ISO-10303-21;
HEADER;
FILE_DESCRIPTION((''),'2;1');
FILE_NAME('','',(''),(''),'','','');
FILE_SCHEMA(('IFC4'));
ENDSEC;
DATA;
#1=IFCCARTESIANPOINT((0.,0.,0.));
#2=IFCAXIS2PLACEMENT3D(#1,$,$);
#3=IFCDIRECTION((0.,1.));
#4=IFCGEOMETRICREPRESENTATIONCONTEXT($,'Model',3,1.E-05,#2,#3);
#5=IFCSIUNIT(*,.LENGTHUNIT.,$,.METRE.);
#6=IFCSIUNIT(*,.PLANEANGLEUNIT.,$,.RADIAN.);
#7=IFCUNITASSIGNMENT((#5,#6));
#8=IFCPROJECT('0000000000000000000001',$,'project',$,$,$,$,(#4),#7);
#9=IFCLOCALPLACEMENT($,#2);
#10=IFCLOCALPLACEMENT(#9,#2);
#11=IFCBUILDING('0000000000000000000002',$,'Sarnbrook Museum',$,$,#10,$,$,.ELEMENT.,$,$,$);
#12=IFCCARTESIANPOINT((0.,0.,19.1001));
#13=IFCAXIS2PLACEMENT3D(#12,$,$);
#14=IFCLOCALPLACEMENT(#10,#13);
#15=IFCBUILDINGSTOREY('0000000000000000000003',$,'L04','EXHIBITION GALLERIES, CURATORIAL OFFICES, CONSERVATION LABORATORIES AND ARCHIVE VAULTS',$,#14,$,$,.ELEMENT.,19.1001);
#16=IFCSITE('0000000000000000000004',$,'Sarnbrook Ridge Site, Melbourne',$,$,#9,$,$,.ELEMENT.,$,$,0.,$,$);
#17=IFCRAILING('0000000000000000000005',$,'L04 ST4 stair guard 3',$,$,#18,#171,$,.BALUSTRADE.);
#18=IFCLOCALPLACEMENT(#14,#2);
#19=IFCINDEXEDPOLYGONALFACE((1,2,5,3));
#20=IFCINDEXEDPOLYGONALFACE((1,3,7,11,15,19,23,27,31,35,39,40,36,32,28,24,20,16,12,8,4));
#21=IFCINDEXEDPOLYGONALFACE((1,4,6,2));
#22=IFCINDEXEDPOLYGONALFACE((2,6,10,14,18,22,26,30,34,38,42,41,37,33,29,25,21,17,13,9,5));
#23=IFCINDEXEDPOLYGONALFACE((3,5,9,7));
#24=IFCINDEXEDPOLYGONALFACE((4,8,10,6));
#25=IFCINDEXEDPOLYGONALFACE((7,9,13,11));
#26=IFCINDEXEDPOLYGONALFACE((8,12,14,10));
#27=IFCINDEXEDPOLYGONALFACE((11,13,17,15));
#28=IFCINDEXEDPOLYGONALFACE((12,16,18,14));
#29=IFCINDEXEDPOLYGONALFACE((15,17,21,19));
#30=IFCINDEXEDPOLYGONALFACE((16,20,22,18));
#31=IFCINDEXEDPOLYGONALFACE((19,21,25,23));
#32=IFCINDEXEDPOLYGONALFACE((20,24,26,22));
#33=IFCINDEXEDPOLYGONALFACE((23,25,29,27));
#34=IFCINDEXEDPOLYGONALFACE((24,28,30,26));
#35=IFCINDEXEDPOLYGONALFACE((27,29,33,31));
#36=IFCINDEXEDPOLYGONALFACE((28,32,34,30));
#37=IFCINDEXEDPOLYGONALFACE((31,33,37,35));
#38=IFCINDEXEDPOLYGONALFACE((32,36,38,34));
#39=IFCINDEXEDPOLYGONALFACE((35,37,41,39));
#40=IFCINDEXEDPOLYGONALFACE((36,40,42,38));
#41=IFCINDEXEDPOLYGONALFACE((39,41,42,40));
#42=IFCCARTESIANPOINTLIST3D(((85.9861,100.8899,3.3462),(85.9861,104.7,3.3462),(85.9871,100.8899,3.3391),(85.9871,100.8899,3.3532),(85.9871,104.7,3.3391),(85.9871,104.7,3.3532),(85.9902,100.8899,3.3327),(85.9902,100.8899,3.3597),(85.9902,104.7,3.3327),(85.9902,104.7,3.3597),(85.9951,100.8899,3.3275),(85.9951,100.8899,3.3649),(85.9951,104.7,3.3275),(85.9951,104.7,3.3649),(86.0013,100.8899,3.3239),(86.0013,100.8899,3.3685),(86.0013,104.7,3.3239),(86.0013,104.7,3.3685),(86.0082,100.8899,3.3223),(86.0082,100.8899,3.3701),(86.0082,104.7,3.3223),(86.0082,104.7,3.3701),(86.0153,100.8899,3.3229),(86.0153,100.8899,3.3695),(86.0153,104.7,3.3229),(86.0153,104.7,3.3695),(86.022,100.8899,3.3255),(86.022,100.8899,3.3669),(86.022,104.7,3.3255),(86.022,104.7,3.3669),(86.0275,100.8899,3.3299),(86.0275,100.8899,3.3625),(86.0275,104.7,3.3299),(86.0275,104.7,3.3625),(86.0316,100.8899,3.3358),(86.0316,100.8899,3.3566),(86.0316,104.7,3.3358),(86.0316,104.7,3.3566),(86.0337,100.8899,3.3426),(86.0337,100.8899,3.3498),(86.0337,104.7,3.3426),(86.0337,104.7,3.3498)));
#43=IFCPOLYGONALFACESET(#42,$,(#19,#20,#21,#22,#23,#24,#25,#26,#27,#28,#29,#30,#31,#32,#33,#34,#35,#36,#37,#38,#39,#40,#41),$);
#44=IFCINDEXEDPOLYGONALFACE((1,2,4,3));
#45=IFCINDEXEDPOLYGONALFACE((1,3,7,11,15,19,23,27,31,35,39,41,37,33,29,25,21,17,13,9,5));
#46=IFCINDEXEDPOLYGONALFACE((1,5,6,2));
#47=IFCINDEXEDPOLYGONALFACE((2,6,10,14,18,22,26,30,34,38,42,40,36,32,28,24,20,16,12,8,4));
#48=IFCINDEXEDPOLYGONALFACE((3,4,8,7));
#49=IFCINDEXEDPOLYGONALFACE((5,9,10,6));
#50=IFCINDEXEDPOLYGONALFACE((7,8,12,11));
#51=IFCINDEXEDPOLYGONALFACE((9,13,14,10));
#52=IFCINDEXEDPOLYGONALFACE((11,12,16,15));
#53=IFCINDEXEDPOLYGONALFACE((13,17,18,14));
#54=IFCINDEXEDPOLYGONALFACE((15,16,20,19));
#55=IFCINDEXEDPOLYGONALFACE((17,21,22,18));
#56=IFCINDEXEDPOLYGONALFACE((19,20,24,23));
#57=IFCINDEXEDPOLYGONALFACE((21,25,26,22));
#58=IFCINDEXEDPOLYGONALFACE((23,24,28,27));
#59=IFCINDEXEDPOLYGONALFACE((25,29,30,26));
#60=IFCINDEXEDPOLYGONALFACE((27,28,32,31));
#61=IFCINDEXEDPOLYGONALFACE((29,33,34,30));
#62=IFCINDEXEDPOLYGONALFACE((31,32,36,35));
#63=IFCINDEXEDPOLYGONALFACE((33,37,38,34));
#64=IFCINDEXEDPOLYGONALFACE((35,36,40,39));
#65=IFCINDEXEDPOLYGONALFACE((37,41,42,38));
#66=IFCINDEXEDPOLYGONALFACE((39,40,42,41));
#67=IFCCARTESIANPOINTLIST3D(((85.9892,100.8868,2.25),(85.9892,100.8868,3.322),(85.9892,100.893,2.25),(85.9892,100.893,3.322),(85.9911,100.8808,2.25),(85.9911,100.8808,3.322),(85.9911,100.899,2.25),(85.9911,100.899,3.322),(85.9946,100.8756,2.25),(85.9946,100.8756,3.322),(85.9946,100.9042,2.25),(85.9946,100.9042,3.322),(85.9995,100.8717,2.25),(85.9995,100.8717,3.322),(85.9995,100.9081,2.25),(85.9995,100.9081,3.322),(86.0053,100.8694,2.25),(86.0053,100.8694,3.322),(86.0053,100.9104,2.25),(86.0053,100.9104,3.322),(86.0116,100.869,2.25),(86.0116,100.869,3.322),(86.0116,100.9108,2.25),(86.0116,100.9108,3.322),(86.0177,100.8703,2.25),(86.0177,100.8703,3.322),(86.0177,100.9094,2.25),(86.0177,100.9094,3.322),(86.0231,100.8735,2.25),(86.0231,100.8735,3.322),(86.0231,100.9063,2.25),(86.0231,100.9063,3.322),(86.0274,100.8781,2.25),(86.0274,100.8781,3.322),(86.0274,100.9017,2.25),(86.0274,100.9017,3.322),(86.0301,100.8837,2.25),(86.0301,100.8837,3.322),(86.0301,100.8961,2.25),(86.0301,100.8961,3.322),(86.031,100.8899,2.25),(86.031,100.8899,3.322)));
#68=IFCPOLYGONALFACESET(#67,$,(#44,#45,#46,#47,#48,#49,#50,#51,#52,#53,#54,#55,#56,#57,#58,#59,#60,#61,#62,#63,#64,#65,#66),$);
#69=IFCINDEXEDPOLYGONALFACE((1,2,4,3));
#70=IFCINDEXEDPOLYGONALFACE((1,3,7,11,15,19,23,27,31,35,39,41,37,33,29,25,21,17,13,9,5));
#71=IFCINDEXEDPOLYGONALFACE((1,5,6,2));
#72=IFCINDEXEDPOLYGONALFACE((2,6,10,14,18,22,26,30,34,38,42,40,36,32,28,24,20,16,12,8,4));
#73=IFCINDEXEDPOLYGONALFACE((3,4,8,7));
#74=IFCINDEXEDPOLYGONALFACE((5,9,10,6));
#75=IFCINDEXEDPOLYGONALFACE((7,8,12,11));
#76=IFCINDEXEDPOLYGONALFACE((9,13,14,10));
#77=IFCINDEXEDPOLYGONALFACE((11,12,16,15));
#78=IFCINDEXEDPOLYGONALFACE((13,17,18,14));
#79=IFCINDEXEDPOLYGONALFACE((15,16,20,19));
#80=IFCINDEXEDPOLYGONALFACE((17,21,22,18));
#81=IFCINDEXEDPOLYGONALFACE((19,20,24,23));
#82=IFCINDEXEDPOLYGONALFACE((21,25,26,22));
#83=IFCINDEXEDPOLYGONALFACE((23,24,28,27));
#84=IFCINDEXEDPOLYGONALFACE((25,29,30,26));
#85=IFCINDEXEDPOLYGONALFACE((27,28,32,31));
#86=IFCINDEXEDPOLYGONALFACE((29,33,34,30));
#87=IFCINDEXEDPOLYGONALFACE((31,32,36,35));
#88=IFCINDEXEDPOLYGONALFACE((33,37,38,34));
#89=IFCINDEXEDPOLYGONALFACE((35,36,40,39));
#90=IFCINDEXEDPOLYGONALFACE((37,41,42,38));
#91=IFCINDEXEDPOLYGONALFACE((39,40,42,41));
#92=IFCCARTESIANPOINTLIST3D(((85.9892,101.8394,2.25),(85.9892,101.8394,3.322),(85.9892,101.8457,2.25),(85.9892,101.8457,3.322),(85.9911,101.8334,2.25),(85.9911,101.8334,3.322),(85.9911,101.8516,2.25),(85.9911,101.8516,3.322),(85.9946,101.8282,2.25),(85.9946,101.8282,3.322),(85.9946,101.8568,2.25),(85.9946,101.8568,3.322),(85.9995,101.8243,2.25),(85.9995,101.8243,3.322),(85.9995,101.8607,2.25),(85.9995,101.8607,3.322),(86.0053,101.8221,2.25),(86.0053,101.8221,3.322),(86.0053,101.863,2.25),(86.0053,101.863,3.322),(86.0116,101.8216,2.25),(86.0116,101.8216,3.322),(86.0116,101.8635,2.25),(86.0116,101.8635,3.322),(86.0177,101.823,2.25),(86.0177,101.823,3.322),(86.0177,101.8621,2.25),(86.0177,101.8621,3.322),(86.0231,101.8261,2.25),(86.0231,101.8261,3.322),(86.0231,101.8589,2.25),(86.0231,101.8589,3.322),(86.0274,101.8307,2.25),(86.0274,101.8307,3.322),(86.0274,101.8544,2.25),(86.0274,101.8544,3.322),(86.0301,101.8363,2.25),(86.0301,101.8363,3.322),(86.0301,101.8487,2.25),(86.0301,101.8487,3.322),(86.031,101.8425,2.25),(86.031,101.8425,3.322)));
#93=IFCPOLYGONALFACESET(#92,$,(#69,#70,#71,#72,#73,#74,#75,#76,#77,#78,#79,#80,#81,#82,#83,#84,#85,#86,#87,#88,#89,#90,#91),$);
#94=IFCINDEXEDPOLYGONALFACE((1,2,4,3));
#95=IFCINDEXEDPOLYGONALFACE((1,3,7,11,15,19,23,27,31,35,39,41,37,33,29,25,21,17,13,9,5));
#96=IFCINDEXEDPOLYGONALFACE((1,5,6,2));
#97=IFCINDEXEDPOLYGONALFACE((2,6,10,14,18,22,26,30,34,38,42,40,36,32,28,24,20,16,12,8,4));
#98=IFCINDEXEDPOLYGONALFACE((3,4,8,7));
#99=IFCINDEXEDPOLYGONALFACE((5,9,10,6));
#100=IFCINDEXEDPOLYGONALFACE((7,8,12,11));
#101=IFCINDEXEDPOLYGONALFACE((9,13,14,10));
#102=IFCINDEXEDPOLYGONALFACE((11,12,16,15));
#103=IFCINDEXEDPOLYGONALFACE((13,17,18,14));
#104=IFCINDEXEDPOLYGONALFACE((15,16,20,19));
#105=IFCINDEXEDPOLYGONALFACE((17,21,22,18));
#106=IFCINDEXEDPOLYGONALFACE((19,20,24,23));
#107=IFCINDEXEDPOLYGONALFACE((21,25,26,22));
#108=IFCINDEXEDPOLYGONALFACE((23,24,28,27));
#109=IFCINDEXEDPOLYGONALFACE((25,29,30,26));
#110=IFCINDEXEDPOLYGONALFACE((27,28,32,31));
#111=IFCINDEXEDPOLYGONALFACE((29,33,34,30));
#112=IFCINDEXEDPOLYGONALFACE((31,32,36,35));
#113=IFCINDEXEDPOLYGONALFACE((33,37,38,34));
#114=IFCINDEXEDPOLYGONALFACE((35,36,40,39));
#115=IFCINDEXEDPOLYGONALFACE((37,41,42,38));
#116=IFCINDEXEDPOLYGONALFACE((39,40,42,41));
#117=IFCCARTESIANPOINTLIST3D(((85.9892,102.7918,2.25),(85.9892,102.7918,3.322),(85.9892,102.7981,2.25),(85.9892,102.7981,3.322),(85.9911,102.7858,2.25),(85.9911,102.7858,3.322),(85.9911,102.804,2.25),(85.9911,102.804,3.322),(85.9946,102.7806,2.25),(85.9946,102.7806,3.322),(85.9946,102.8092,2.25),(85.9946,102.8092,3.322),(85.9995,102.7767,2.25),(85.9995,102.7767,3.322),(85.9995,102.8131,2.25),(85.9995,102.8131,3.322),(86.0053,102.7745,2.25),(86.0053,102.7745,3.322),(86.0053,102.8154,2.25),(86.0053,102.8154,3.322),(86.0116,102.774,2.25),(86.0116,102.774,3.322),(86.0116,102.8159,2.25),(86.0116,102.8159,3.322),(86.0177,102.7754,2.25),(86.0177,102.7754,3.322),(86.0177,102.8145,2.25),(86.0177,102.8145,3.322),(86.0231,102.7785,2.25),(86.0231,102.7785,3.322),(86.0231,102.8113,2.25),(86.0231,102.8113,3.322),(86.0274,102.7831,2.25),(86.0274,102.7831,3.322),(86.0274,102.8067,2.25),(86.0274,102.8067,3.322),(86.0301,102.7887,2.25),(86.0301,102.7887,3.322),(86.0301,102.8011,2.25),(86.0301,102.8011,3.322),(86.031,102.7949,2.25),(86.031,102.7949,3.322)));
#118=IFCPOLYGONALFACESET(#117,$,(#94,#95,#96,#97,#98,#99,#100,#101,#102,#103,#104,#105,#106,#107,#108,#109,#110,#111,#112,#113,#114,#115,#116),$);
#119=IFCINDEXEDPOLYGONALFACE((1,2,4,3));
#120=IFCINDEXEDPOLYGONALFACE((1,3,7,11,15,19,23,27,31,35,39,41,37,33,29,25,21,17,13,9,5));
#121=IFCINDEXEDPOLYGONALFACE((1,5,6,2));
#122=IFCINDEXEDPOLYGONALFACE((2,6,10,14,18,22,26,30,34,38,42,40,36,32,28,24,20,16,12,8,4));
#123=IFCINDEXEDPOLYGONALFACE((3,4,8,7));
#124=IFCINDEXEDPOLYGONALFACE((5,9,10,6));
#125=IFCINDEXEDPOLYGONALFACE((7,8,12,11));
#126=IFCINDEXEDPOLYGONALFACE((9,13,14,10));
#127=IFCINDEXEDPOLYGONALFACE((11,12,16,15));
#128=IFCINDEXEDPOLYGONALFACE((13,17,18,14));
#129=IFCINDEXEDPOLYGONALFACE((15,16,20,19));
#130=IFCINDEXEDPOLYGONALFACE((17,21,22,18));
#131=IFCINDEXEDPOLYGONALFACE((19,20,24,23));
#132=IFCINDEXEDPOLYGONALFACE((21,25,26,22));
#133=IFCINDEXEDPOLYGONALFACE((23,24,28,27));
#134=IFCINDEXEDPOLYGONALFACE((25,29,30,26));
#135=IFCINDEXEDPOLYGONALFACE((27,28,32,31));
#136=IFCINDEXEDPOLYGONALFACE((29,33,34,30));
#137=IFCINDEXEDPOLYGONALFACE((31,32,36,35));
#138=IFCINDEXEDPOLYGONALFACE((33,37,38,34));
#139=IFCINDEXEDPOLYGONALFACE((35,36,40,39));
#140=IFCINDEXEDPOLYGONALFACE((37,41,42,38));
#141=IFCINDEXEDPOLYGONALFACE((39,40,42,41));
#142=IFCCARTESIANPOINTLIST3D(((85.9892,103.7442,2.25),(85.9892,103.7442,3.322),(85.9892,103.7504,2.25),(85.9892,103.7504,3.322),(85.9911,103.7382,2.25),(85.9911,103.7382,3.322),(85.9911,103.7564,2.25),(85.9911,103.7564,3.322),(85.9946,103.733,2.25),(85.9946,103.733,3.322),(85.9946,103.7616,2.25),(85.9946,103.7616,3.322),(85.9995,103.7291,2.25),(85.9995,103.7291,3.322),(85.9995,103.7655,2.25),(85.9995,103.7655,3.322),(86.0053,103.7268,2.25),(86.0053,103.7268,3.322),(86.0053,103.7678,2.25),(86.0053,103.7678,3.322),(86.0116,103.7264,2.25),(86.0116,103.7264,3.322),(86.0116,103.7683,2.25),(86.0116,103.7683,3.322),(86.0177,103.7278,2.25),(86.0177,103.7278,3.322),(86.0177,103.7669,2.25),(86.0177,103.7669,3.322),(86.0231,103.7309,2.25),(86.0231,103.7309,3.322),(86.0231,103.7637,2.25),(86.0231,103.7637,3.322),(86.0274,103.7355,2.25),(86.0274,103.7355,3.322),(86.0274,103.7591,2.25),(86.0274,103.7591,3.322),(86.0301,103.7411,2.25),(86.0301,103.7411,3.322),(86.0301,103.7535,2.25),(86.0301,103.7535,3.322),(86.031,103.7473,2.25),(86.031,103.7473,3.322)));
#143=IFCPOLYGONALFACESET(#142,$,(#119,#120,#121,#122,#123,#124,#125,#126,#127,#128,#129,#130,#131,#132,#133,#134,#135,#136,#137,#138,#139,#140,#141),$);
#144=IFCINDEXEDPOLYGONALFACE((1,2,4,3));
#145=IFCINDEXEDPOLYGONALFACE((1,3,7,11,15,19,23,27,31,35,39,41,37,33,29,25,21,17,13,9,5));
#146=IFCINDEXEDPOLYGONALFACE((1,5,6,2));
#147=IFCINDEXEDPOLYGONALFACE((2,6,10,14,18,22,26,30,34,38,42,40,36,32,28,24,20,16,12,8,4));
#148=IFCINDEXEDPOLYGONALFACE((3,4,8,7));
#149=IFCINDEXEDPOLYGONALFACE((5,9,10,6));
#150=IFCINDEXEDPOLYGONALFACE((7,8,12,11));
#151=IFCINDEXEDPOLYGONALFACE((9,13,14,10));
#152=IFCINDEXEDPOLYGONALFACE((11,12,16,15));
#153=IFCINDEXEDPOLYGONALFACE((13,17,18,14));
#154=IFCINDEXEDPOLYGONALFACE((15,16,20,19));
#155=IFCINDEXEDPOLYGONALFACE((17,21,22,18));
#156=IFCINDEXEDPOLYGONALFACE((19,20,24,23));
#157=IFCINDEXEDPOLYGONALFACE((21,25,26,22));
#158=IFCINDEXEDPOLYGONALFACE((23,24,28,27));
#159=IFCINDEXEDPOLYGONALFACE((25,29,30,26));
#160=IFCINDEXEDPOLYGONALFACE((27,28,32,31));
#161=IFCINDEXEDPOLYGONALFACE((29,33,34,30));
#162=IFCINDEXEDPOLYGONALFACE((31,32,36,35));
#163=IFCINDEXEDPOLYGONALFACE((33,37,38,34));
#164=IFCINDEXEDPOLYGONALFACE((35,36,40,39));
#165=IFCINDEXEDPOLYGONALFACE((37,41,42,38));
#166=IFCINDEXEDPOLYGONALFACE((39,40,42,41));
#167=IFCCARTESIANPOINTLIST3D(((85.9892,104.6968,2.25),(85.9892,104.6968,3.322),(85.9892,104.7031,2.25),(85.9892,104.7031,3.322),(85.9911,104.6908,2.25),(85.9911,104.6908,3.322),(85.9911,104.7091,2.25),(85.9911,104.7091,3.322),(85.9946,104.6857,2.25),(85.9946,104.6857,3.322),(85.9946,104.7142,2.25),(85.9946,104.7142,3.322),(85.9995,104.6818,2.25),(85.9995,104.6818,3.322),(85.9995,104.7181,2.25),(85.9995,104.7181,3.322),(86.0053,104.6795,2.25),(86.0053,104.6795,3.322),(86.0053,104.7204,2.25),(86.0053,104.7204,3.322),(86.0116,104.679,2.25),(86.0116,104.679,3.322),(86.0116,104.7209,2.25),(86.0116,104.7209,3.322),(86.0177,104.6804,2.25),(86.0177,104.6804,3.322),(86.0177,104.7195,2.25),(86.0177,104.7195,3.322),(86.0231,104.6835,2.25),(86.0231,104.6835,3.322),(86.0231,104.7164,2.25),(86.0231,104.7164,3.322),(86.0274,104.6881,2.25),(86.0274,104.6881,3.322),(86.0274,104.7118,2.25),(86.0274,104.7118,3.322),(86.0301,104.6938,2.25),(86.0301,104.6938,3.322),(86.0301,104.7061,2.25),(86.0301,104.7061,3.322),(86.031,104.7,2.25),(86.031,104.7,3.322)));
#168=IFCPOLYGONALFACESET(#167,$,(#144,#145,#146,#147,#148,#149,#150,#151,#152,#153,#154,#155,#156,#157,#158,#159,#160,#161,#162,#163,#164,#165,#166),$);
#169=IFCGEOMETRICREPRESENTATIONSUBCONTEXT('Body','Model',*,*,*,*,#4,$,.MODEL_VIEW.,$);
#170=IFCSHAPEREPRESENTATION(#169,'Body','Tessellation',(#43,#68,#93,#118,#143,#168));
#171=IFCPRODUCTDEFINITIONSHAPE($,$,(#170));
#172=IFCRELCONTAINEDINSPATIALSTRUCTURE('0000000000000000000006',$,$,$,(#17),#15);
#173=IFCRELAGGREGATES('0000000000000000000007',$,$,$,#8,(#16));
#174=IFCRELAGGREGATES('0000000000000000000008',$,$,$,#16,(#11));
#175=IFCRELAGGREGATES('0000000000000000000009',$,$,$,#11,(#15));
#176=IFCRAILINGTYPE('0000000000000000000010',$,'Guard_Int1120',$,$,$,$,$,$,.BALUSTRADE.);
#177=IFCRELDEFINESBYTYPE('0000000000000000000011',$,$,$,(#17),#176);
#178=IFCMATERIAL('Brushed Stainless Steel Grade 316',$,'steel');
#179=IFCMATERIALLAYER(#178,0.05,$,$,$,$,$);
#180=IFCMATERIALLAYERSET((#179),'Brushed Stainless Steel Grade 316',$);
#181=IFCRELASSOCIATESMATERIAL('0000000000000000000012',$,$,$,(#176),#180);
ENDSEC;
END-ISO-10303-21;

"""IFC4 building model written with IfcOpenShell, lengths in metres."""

from ifc_helpers import new_model, si_unit, direction, frame, origin, origin_2d, place, context, subcontext, project, spatial, circle, extrude, material, layer, layer_set, type_object, element, save


model = new_model("IFC4")

# Units and contexts
model_context = context("Model", 3, precision=1e-05, world=origin(), true_north=direction((0.0, 1.0)))
body_context = subcontext(model_context, "Body", "Model", "MODEL_VIEW")
ifc_project = project(units=[si_unit("LENGTHUNIT", "METRE"), si_unit("PLANEANGLEUNIT", "RADIAN")], contexts=[model_context])

# Site, building, storey
site_placement = place(None, origin())
site = spatial("IfcSite", under=ifc_project, at=site_placement, Name="Sarnbrook Ridge Site, Melbourne", CompositionType="ELEMENT", RefElevation=0.0)
building_placement = place(site_placement, origin())
building = spatial("IfcBuilding", under=site, at=building_placement, Name="Sarnbrook Museum", CompositionType="ELEMENT")
storey_placement = place(building_placement, frame((0.0, 0.0, 19.1001)))
storey = spatial("IfcBuildingStorey", under=building, at=storey_placement, Name="L04", Description="EXHIBITION GALLERIES, CURATORIAL OFFICES, CONSERVATION LABORATORIES AND ARCHIVE VAULTS", CompositionType="ELEMENT", Elevation=19.1001)

# Shared definitions
ifc_material_1 = material(Name="Brushed Stainless Steel Grade 316", Category="steel")

# Railing
ifc_layer_1 = layer(ifc_material_1, 0.05)
ifc_layer_set_1 = layer_set([ifc_layer_1], Name="Brushed Stainless Steel Grade 316")
railing_type_1 = type_object("IfcRailingType", Name="Guard_Int1120", PredefinedType="BALUSTRADE", material=ifc_layer_set_1)
for number, where, name in (
    (1, (86.01, 100.8899, 2.25), "L04 ST4 stair guard 3"),
):
    element("IfcRailing", number, at=place(storey_placement, frame(where)), inside=storey, type_object=railing_type_1, Name=name, PredefinedType="BALUSTRADE", context=body_context, shape_type="SweptSolid", body=[
        extrude(circle(Radius=0.0239, at=origin_2d()), frame((0.0, 0.0, 1.0962), z_axis=(0.0, 1.0, 0.0), x_axis=(-1.0, 0.0, 0.0)), (0.0, 0.0, 1.0), 3.8101),
        extrude(circle(Radius=0.021, at=origin_2d()), origin(), (0.0, 0.0, 1.0), 1.072),
        extrude(circle(Radius=0.021, at=origin_2d()), frame((0.0, 0.9526, 0.0)), (0.0, 0.0, 1.0), 1.072),
        extrude(circle(Radius=0.021, at=origin_2d()), frame((0.0, 1.905, 0.0)), (0.0, 0.0, 1.0), 1.072),
        extrude(circle(Radius=0.021, at=origin_2d()), frame((0.0, 2.8574, 0.0)), (0.0, 0.0, 1.0), 1.072),
        extrude(circle(Radius=0.021, at=origin_2d()), frame((0.0, 3.8101, 0.0)), (0.0, 0.0, 1.0), 1.072),
    ])

save(model, "model.ifc")
